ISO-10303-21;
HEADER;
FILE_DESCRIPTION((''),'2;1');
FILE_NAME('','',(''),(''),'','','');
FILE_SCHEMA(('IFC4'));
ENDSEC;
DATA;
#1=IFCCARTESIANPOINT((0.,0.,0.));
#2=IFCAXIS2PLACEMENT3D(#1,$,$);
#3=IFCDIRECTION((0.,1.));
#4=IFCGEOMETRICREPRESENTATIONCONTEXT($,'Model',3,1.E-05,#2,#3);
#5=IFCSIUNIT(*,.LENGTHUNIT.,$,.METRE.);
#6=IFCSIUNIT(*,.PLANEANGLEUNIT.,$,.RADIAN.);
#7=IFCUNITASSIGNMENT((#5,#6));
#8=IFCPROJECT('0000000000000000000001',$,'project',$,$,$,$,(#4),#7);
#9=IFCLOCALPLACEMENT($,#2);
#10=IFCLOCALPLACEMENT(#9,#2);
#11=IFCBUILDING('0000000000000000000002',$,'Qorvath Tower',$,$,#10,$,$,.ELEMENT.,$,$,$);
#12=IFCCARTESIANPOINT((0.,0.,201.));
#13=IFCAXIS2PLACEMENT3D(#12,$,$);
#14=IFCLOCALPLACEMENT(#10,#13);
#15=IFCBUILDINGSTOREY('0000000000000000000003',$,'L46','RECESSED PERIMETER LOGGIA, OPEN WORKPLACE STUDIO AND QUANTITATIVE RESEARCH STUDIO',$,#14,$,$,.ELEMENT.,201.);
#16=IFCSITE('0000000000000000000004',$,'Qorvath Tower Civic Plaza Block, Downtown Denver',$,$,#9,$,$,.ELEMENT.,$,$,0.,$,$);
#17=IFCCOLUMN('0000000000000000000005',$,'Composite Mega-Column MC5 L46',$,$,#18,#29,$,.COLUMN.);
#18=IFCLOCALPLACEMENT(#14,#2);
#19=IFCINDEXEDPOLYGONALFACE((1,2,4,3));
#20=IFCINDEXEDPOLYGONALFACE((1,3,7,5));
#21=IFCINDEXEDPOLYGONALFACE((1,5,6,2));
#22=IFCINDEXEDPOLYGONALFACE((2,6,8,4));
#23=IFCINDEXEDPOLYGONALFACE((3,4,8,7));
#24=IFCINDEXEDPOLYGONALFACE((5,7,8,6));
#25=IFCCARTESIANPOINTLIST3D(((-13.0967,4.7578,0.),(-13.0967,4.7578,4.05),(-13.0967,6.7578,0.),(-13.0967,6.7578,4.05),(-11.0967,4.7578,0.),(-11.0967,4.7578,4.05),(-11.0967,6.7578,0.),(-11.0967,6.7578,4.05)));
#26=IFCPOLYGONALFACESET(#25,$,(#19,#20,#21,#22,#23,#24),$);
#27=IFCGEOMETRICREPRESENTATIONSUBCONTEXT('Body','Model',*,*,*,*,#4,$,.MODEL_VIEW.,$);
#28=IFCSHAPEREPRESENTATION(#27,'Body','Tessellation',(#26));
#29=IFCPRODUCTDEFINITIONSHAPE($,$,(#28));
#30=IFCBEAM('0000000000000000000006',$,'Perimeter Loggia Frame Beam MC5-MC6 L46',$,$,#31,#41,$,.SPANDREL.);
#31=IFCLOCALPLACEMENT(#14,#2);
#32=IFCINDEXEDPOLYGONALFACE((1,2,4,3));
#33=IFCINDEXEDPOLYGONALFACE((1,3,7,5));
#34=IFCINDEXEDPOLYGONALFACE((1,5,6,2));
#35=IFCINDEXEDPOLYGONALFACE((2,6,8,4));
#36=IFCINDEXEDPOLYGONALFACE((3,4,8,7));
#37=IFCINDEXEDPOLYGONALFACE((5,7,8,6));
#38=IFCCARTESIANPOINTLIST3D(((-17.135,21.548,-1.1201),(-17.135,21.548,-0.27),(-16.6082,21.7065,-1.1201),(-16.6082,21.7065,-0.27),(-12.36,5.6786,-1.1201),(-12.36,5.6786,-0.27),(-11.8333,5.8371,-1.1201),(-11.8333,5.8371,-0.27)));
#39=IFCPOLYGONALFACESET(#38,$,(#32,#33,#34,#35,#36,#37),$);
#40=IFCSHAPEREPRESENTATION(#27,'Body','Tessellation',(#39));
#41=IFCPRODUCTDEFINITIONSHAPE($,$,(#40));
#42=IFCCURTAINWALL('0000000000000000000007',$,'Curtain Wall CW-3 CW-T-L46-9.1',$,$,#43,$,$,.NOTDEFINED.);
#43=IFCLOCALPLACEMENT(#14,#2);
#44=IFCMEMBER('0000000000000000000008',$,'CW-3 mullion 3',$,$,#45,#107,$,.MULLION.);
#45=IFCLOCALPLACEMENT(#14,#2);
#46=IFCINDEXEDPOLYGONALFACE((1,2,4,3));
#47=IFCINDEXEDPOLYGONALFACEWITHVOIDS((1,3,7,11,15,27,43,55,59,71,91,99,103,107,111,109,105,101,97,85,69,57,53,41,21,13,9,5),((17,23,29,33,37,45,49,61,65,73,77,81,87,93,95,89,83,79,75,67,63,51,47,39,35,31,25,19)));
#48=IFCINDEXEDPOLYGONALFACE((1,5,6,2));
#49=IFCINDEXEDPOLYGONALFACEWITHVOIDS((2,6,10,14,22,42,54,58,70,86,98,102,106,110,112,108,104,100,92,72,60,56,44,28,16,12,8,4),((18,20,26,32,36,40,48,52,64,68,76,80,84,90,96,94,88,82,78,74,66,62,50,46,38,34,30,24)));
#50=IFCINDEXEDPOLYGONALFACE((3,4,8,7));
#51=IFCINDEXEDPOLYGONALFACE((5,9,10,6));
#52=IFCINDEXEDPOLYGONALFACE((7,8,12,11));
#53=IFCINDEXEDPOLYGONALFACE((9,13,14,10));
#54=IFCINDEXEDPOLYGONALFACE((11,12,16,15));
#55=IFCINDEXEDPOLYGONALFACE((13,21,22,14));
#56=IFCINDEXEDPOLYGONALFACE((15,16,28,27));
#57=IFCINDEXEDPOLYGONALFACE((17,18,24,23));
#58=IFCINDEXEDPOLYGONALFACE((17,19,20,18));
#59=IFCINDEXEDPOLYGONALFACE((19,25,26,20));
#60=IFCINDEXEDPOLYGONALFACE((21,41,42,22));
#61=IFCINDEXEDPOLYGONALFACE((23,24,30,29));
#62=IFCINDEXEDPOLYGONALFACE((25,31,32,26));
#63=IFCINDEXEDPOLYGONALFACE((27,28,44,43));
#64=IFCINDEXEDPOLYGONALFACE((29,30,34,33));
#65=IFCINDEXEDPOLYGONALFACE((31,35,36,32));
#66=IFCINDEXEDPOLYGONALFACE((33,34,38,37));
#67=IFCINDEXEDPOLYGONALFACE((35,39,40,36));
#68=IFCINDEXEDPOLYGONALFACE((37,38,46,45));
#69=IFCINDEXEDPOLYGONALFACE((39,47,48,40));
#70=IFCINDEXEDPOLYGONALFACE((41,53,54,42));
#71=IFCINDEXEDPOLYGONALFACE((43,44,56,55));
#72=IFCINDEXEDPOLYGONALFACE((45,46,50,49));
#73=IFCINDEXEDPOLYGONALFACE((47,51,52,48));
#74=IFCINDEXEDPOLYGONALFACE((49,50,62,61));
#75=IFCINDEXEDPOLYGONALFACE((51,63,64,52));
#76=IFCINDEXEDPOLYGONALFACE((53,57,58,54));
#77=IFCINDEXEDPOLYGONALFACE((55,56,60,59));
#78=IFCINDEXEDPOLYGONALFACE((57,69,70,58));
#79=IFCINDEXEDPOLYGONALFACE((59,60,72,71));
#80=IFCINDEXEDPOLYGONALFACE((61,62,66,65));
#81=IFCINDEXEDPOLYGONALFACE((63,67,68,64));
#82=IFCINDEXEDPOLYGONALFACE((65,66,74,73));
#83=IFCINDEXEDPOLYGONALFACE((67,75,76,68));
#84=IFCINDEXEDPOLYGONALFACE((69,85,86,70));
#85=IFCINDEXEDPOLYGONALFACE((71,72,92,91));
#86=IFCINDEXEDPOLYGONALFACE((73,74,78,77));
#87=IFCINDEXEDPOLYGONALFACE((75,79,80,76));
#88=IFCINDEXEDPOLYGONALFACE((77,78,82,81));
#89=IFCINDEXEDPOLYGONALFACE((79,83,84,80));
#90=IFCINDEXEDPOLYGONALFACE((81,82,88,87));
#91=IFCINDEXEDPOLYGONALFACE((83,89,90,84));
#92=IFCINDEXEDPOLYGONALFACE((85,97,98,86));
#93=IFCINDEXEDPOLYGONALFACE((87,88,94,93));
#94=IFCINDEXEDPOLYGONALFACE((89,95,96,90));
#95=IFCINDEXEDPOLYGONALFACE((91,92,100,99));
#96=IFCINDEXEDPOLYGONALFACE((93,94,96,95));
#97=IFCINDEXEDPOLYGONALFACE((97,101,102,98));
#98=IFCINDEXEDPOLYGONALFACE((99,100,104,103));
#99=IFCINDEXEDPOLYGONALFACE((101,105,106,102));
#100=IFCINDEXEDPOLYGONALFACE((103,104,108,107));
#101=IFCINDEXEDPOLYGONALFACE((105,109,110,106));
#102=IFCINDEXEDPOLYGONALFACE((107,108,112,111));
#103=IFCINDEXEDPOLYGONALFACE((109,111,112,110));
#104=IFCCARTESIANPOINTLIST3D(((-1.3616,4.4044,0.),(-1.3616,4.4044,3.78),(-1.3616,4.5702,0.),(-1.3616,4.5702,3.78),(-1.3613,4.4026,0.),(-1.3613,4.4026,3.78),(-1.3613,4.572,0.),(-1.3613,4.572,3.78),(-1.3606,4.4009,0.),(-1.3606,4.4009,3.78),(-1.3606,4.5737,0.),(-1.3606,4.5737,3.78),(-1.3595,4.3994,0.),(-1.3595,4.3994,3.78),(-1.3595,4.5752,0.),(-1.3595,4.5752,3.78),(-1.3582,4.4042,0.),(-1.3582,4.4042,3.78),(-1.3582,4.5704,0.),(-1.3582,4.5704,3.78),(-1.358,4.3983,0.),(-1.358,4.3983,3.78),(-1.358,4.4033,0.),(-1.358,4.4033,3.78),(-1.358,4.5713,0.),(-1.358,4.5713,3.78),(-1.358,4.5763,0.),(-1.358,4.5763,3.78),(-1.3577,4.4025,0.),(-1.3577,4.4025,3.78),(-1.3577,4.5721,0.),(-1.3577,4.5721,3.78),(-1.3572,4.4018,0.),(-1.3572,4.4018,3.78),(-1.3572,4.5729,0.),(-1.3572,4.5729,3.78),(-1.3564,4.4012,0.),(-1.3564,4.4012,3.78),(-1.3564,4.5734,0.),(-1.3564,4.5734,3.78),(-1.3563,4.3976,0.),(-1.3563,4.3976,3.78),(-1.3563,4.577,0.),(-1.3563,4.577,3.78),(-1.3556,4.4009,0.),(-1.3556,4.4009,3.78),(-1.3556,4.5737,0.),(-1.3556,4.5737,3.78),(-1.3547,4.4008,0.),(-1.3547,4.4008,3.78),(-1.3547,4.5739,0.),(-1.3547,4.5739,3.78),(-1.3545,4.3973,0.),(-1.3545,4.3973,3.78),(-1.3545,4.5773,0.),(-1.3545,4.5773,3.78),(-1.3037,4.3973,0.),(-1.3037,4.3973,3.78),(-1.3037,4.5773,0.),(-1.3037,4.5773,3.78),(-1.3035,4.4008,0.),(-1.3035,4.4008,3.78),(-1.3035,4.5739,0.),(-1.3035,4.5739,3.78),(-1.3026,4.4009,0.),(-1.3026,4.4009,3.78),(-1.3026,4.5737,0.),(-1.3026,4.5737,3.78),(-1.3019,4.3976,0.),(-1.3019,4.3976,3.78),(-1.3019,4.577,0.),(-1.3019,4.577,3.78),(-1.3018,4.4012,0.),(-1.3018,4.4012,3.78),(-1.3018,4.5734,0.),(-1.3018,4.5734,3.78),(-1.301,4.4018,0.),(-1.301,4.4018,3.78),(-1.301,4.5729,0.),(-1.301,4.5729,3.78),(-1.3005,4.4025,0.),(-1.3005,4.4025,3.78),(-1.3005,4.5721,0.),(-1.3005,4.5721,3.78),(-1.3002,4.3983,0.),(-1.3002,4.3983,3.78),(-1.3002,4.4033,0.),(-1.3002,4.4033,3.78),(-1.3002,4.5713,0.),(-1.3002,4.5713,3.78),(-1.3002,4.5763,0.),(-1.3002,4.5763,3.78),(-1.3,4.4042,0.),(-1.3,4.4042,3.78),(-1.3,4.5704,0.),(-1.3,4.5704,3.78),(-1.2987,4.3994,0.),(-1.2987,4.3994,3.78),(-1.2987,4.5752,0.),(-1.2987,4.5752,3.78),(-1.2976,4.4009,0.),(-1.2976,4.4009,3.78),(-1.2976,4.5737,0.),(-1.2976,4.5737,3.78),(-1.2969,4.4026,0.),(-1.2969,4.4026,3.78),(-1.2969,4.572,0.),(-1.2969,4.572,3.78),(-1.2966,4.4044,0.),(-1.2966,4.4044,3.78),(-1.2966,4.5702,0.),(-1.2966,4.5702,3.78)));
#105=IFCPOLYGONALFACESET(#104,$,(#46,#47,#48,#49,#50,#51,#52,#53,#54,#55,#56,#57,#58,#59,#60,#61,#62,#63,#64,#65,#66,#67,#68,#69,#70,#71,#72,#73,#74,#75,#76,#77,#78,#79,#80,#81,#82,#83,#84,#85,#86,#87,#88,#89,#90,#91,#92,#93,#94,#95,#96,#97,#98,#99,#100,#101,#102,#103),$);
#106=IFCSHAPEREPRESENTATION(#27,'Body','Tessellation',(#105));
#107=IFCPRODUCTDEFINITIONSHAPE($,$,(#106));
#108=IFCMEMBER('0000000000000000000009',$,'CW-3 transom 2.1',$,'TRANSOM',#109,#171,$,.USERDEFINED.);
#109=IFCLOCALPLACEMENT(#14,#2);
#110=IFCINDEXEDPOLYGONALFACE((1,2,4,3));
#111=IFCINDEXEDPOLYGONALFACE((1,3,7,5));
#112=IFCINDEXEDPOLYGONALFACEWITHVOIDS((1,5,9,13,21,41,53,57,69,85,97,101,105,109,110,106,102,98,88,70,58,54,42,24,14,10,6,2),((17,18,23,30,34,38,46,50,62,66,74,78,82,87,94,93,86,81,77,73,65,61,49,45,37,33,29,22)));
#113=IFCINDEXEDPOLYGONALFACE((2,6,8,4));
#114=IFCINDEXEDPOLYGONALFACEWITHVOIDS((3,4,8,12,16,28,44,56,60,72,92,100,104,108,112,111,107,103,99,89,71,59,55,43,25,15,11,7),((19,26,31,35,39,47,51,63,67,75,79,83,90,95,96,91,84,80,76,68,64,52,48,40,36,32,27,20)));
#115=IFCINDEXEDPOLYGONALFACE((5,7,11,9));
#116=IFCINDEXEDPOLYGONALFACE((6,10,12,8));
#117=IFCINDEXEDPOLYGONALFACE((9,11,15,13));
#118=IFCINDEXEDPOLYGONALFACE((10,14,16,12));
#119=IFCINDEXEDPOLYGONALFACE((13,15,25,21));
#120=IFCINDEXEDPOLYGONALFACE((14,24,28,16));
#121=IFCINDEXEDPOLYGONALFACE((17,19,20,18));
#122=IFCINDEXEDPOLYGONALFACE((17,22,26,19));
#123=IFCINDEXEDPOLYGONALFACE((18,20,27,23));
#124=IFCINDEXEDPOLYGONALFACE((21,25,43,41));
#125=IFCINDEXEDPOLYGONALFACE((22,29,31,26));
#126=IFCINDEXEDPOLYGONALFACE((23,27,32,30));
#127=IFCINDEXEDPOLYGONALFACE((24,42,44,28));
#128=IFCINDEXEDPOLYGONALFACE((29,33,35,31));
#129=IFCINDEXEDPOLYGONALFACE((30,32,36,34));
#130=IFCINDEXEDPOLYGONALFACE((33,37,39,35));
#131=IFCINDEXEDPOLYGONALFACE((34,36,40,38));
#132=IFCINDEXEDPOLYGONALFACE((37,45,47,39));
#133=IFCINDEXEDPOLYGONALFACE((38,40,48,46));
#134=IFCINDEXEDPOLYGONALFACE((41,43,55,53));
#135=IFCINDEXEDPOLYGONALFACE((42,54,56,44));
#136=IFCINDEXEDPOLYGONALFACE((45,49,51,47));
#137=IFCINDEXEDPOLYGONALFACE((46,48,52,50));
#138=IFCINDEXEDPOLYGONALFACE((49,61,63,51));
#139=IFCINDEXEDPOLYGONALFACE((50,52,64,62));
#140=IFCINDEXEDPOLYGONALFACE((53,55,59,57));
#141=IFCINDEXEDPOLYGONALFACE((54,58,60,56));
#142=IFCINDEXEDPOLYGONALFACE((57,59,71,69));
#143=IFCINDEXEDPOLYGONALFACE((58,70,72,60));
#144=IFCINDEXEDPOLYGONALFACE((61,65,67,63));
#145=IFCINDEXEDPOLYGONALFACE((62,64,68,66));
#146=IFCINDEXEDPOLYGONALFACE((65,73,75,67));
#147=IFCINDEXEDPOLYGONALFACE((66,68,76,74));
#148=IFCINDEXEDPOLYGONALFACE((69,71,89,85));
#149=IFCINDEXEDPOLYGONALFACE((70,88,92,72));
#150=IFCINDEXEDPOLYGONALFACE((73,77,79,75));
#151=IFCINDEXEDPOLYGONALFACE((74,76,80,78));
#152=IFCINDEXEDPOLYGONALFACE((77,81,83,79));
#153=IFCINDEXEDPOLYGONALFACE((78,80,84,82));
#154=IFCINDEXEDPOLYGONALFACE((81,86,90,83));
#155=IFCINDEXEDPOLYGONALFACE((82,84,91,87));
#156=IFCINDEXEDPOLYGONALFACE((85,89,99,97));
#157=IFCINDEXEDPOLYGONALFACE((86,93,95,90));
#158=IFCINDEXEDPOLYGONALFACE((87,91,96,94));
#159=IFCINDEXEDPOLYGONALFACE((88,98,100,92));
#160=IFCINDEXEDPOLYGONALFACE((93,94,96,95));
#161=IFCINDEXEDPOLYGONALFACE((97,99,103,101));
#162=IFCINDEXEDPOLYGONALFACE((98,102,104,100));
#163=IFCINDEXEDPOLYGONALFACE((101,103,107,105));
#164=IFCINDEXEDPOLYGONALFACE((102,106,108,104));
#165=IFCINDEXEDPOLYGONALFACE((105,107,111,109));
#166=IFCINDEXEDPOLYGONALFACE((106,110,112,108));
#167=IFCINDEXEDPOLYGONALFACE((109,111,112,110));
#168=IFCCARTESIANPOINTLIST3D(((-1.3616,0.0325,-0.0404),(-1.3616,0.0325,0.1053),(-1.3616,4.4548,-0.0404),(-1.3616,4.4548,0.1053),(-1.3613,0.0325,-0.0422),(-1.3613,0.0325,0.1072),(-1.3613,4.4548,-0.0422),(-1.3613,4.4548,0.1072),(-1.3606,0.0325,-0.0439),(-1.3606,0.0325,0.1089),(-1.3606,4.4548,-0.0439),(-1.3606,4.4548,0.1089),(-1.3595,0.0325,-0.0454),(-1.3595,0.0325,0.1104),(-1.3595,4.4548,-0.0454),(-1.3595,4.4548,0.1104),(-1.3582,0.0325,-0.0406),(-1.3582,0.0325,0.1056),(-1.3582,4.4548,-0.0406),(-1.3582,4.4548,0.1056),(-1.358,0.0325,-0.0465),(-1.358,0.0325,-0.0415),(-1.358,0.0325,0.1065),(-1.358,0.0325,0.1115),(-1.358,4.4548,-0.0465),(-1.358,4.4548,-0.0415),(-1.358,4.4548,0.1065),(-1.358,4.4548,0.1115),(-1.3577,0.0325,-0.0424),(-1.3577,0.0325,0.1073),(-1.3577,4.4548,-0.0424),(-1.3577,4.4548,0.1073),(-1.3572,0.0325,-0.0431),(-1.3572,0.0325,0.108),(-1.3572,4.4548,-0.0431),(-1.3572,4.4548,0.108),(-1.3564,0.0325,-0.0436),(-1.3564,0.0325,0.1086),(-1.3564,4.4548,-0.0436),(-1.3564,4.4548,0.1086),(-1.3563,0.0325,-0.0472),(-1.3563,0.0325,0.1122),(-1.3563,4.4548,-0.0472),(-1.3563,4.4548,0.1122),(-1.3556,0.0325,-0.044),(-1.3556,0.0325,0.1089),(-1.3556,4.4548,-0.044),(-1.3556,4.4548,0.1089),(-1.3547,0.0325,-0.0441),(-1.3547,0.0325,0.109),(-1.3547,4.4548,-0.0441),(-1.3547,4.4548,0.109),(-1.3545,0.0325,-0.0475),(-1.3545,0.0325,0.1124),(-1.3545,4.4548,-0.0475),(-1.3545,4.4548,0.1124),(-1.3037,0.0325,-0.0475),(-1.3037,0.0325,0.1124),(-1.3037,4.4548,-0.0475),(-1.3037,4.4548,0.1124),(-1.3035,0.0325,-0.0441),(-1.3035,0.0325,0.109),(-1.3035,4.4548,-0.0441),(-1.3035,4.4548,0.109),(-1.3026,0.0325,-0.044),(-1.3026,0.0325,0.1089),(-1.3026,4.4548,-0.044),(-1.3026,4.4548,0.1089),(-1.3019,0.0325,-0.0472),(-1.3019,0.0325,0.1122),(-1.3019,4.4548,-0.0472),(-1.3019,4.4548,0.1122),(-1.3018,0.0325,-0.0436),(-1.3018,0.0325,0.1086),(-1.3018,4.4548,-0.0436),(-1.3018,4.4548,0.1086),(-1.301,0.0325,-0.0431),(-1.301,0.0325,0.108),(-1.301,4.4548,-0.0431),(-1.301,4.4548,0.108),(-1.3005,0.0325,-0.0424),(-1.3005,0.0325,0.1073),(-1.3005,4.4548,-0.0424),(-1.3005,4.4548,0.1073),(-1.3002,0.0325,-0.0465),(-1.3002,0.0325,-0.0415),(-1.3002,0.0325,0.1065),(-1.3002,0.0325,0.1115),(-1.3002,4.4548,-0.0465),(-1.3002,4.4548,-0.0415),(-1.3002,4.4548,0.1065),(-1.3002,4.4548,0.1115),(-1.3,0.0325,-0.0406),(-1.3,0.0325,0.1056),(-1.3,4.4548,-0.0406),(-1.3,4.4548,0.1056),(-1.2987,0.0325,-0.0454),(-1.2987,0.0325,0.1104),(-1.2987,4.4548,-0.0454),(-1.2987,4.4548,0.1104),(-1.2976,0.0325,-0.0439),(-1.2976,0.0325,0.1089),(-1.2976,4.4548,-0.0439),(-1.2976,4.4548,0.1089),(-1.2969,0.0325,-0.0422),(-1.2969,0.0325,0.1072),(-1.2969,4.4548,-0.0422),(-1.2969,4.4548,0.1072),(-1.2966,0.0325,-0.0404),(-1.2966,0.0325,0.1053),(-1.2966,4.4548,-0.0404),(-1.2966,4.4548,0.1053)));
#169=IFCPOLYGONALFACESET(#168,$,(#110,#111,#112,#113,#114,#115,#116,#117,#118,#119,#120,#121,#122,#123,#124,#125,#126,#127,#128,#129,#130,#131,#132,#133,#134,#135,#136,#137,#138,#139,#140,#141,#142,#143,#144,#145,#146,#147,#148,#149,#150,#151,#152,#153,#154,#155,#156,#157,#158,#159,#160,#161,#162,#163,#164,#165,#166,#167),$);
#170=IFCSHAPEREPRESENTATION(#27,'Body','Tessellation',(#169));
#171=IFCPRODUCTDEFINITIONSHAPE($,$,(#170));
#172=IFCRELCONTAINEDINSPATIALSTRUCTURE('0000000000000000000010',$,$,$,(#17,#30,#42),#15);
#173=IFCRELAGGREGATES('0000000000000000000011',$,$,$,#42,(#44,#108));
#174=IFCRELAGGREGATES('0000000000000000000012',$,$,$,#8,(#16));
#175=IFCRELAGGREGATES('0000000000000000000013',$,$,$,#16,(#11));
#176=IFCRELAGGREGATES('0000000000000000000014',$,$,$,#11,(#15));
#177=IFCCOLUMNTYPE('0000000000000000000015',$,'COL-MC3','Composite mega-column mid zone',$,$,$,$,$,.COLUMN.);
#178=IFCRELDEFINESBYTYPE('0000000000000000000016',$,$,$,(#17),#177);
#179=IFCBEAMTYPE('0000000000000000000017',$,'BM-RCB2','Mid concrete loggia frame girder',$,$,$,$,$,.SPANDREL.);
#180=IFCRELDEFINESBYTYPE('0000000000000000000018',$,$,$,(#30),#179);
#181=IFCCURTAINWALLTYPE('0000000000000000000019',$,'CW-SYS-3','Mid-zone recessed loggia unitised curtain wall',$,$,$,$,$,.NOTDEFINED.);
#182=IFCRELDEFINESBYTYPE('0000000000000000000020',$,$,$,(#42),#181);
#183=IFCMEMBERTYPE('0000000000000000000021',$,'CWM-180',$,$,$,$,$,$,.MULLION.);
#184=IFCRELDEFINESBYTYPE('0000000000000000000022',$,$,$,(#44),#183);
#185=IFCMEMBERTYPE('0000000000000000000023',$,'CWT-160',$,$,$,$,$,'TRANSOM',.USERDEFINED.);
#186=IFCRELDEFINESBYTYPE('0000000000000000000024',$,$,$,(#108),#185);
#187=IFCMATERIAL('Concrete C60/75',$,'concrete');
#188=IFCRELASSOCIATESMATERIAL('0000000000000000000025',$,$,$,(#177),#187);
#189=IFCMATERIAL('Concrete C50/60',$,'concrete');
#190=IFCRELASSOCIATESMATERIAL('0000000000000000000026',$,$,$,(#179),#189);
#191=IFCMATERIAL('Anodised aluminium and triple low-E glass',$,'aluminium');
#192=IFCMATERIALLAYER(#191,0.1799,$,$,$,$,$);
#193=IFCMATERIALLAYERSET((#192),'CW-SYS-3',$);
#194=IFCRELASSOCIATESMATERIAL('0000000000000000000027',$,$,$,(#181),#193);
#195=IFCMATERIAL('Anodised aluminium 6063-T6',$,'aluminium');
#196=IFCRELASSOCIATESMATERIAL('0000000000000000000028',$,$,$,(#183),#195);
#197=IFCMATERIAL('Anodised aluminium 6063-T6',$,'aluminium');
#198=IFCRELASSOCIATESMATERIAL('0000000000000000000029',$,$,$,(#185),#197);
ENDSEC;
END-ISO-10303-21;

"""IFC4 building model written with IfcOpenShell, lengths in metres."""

from ifc_helpers import new_model, si_unit, direction, frame, origin, origin_2d, place, context, subcontext, project, spatial, rectangle, hollow_rectangle, extrude, material, layer, layer_set, material_profile, profile_set, type_object, element, aggregate, save


model = new_model("IFC4")

# Units and contexts
model_context = context("Model", 3, precision=1e-05, world=origin(), true_north=direction((0.0, 1.0)))
body_context = subcontext(model_context, "Body", "Model", "MODEL_VIEW")
ifc_project = project(units=[si_unit("LENGTHUNIT", "METRE"), si_unit("PLANEANGLEUNIT", "RADIAN")], contexts=[model_context])

# Site, building, storey
site_placement = place(None, origin())
site = spatial("IfcSite", under=ifc_project, at=site_placement, Name="Qorvath Tower Civic Plaza Block, Downtown Denver", CompositionType="ELEMENT", RefElevation=0.0)
building_placement = place(site_placement, origin())
building = spatial("IfcBuilding", under=site, at=building_placement, Name="Qorvath Tower", CompositionType="ELEMENT")
storey_placement = place(building_placement, frame((0.0, 0.0, 201.0)))
storey = spatial("IfcBuildingStorey", under=building, at=storey_placement, Name="L46", Description="RECESSED PERIMETER LOGGIA, OPEN WORKPLACE STUDIO AND QUANTITATIVE RESEARCH STUDIO", CompositionType="ELEMENT", Elevation=201.0)

# Column
ifc_material_1 = material(Name="Concrete C60/75", Category="concrete")
ifc_material_profile_1 = material_profile(ifc_material_1, rectangle(XDim=2.0, YDim=2.0, at=origin_2d()), Name="MC 2000x2000")
ifc_profile_set_1 = profile_set([ifc_material_profile_1], Name="Concrete C60/75")
column_type = type_object("IfcColumnType", Name="COL-MC3", Description="Composite mega-column mid zone", PredefinedType="COLUMN", material=ifc_profile_set_1)
column_placement = place(storey_placement, frame((-12.0967, 5.7578, 0.0), z_axis=(0.0, 0.0, 1.0), x_axis=(1.0, 0.0, 0.0)))
element("IfcColumn", 1, at=column_placement, inside=storey, type_object=column_type, Name="Composite Mega-Column MC5 L46", PredefinedType="COLUMN", context=body_context, shape_type="SweptSolid", body=[
    extrude(rectangle(XDim=2.0, YDim=2.0, at=origin_2d()), origin(), (0.0, 0.0, 1.0), 4.05),
])

# Beam
ifc_material_2 = material(Name="Concrete C50/60", Category="concrete")
ifc_material_profile_2 = material_profile(ifc_material_2, rectangle(XDim=0.55, YDim=0.8501, at=origin_2d()), Name="RCB 850x550")
ifc_profile_set_2 = profile_set([ifc_material_profile_2], Name="Concrete C50/60")
beam_type = type_object("IfcBeamType", Name="BM-RCB2", Description="Mid concrete loggia frame girder", PredefinedType="SPANDREL", material=ifc_profile_set_2)
beam_placement = place(storey_placement, frame((-12.0967, 5.7578, -0.6951), z_axis=(-0.288128, 0.957592, 0.0), x_axis=(-0.957592, -0.288128, 0.0)))
element("IfcBeam", 2, at=beam_placement, inside=storey, type_object=beam_type, Name="Perimeter Loggia Frame Beam MC5-MC6 L46", PredefinedType="SPANDREL", context=body_context, shape_type="SweptSolid", body=[
    extrude(rectangle(XDim=0.55, YDim=0.8501, at=origin_2d()), origin(), (0.0, 0.0, 1.0), 16.5723),
])

# Curtain wall, members
ifc_material_3 = material(Name="Anodised aluminium and triple low-E glass", Category="aluminium")
ifc_layer_1 = layer(ifc_material_3, 0.1799)
ifc_layer_set_1 = layer_set([ifc_layer_1], Name="CW-SYS-3")
curtain_wall_type = type_object("IfcCurtainWallType", Name="CW-SYS-3", Description="Mid-zone recessed loggia unitised curtain wall", PredefinedType="NOTDEFINED", material=ifc_layer_set_1)
curtain_wall_placement = place(storey_placement, origin())
curtain_wall = element("IfcCurtainWall", 3, at=curtain_wall_placement, inside=storey, type_object=curtain_wall_type, Name="Curtain Wall CW-3 CW-T-L46-9.1", PredefinedType="NOTDEFINED")
ifc_material_4 = material(Name="Anodised aluminium 6063-T6", Category="aluminium")
ifc_material_profile_3 = material_profile(ifc_material_4, hollow_rectangle(XDim=0.0649, YDim=0.1799, WallThickness=0.0034, InnerFilletRadius=0.0034, OuterFilletRadius=0.0071, at=origin_2d()), Name="CWM 180x65")
ifc_profile_set_3 = profile_set([ifc_material_profile_3], Name="Anodised aluminium 6063-T6")
member_type_1 = type_object("IfcMemberType", Name="CWM-180", PredefinedType="MULLION", material=ifc_profile_set_3)
member_1_placement = place(storey_placement, frame((-1.3291, 4.4873, 0.0), z_axis=(0.0, 0.0, 1.0), x_axis=(-1.0, 0.0, 0.0)))
member_1 = element("IfcMember", 4, at=member_1_placement, type_object=member_type_1, Name="CW-3 mullion 3", PredefinedType="MULLION", context=body_context, shape_type="SweptSolid", body=[
    extrude(hollow_rectangle(XDim=0.0649, YDim=0.1799, WallThickness=0.0034, InnerFilletRadius=0.0034, OuterFilletRadius=0.0071, at=origin_2d()), origin(), (0.0, 0.0, 1.0), 3.78),
])
ifc_material_5 = material(Name="Anodised aluminium 6063-T6", Category="aluminium")
ifc_material_profile_4 = material_profile(ifc_material_5, hollow_rectangle(XDim=0.0649, YDim=0.1599, WallThickness=0.0034, InnerFilletRadius=0.0034, OuterFilletRadius=0.0071, at=origin_2d()), Name="CWT 160x65")
ifc_profile_set_4 = profile_set([ifc_material_profile_4], Name="Anodised aluminium 6063-T6")
member_type_2 = type_object("IfcMemberType", Name="CWT-160", ElementType="TRANSOM", PredefinedType="USERDEFINED", material=ifc_profile_set_4)
member_2_placement = place(storey_placement, frame((-1.3291, 0.0325, 0.0325), z_axis=(0.0, 1.0, 0.0), x_axis=(-1.0, 0.0, 0.0)))
member_2 = element("IfcMember", 5, at=member_2_placement, type_object=member_type_2, Name="CW-3 transom 2.1", ObjectType="TRANSOM", PredefinedType="USERDEFINED", context=body_context, shape_type="SweptSolid", body=[
    extrude(hollow_rectangle(XDim=0.0649, YDim=0.1599, WallThickness=0.0034, InnerFilletRadius=0.0034, OuterFilletRadius=0.0071, at=origin_2d()), origin(), (0.0, 0.0, 1.0), 4.4224),
])
aggregate(curtain_wall, [member_1, member_2])

save(model, "model.ifc")
